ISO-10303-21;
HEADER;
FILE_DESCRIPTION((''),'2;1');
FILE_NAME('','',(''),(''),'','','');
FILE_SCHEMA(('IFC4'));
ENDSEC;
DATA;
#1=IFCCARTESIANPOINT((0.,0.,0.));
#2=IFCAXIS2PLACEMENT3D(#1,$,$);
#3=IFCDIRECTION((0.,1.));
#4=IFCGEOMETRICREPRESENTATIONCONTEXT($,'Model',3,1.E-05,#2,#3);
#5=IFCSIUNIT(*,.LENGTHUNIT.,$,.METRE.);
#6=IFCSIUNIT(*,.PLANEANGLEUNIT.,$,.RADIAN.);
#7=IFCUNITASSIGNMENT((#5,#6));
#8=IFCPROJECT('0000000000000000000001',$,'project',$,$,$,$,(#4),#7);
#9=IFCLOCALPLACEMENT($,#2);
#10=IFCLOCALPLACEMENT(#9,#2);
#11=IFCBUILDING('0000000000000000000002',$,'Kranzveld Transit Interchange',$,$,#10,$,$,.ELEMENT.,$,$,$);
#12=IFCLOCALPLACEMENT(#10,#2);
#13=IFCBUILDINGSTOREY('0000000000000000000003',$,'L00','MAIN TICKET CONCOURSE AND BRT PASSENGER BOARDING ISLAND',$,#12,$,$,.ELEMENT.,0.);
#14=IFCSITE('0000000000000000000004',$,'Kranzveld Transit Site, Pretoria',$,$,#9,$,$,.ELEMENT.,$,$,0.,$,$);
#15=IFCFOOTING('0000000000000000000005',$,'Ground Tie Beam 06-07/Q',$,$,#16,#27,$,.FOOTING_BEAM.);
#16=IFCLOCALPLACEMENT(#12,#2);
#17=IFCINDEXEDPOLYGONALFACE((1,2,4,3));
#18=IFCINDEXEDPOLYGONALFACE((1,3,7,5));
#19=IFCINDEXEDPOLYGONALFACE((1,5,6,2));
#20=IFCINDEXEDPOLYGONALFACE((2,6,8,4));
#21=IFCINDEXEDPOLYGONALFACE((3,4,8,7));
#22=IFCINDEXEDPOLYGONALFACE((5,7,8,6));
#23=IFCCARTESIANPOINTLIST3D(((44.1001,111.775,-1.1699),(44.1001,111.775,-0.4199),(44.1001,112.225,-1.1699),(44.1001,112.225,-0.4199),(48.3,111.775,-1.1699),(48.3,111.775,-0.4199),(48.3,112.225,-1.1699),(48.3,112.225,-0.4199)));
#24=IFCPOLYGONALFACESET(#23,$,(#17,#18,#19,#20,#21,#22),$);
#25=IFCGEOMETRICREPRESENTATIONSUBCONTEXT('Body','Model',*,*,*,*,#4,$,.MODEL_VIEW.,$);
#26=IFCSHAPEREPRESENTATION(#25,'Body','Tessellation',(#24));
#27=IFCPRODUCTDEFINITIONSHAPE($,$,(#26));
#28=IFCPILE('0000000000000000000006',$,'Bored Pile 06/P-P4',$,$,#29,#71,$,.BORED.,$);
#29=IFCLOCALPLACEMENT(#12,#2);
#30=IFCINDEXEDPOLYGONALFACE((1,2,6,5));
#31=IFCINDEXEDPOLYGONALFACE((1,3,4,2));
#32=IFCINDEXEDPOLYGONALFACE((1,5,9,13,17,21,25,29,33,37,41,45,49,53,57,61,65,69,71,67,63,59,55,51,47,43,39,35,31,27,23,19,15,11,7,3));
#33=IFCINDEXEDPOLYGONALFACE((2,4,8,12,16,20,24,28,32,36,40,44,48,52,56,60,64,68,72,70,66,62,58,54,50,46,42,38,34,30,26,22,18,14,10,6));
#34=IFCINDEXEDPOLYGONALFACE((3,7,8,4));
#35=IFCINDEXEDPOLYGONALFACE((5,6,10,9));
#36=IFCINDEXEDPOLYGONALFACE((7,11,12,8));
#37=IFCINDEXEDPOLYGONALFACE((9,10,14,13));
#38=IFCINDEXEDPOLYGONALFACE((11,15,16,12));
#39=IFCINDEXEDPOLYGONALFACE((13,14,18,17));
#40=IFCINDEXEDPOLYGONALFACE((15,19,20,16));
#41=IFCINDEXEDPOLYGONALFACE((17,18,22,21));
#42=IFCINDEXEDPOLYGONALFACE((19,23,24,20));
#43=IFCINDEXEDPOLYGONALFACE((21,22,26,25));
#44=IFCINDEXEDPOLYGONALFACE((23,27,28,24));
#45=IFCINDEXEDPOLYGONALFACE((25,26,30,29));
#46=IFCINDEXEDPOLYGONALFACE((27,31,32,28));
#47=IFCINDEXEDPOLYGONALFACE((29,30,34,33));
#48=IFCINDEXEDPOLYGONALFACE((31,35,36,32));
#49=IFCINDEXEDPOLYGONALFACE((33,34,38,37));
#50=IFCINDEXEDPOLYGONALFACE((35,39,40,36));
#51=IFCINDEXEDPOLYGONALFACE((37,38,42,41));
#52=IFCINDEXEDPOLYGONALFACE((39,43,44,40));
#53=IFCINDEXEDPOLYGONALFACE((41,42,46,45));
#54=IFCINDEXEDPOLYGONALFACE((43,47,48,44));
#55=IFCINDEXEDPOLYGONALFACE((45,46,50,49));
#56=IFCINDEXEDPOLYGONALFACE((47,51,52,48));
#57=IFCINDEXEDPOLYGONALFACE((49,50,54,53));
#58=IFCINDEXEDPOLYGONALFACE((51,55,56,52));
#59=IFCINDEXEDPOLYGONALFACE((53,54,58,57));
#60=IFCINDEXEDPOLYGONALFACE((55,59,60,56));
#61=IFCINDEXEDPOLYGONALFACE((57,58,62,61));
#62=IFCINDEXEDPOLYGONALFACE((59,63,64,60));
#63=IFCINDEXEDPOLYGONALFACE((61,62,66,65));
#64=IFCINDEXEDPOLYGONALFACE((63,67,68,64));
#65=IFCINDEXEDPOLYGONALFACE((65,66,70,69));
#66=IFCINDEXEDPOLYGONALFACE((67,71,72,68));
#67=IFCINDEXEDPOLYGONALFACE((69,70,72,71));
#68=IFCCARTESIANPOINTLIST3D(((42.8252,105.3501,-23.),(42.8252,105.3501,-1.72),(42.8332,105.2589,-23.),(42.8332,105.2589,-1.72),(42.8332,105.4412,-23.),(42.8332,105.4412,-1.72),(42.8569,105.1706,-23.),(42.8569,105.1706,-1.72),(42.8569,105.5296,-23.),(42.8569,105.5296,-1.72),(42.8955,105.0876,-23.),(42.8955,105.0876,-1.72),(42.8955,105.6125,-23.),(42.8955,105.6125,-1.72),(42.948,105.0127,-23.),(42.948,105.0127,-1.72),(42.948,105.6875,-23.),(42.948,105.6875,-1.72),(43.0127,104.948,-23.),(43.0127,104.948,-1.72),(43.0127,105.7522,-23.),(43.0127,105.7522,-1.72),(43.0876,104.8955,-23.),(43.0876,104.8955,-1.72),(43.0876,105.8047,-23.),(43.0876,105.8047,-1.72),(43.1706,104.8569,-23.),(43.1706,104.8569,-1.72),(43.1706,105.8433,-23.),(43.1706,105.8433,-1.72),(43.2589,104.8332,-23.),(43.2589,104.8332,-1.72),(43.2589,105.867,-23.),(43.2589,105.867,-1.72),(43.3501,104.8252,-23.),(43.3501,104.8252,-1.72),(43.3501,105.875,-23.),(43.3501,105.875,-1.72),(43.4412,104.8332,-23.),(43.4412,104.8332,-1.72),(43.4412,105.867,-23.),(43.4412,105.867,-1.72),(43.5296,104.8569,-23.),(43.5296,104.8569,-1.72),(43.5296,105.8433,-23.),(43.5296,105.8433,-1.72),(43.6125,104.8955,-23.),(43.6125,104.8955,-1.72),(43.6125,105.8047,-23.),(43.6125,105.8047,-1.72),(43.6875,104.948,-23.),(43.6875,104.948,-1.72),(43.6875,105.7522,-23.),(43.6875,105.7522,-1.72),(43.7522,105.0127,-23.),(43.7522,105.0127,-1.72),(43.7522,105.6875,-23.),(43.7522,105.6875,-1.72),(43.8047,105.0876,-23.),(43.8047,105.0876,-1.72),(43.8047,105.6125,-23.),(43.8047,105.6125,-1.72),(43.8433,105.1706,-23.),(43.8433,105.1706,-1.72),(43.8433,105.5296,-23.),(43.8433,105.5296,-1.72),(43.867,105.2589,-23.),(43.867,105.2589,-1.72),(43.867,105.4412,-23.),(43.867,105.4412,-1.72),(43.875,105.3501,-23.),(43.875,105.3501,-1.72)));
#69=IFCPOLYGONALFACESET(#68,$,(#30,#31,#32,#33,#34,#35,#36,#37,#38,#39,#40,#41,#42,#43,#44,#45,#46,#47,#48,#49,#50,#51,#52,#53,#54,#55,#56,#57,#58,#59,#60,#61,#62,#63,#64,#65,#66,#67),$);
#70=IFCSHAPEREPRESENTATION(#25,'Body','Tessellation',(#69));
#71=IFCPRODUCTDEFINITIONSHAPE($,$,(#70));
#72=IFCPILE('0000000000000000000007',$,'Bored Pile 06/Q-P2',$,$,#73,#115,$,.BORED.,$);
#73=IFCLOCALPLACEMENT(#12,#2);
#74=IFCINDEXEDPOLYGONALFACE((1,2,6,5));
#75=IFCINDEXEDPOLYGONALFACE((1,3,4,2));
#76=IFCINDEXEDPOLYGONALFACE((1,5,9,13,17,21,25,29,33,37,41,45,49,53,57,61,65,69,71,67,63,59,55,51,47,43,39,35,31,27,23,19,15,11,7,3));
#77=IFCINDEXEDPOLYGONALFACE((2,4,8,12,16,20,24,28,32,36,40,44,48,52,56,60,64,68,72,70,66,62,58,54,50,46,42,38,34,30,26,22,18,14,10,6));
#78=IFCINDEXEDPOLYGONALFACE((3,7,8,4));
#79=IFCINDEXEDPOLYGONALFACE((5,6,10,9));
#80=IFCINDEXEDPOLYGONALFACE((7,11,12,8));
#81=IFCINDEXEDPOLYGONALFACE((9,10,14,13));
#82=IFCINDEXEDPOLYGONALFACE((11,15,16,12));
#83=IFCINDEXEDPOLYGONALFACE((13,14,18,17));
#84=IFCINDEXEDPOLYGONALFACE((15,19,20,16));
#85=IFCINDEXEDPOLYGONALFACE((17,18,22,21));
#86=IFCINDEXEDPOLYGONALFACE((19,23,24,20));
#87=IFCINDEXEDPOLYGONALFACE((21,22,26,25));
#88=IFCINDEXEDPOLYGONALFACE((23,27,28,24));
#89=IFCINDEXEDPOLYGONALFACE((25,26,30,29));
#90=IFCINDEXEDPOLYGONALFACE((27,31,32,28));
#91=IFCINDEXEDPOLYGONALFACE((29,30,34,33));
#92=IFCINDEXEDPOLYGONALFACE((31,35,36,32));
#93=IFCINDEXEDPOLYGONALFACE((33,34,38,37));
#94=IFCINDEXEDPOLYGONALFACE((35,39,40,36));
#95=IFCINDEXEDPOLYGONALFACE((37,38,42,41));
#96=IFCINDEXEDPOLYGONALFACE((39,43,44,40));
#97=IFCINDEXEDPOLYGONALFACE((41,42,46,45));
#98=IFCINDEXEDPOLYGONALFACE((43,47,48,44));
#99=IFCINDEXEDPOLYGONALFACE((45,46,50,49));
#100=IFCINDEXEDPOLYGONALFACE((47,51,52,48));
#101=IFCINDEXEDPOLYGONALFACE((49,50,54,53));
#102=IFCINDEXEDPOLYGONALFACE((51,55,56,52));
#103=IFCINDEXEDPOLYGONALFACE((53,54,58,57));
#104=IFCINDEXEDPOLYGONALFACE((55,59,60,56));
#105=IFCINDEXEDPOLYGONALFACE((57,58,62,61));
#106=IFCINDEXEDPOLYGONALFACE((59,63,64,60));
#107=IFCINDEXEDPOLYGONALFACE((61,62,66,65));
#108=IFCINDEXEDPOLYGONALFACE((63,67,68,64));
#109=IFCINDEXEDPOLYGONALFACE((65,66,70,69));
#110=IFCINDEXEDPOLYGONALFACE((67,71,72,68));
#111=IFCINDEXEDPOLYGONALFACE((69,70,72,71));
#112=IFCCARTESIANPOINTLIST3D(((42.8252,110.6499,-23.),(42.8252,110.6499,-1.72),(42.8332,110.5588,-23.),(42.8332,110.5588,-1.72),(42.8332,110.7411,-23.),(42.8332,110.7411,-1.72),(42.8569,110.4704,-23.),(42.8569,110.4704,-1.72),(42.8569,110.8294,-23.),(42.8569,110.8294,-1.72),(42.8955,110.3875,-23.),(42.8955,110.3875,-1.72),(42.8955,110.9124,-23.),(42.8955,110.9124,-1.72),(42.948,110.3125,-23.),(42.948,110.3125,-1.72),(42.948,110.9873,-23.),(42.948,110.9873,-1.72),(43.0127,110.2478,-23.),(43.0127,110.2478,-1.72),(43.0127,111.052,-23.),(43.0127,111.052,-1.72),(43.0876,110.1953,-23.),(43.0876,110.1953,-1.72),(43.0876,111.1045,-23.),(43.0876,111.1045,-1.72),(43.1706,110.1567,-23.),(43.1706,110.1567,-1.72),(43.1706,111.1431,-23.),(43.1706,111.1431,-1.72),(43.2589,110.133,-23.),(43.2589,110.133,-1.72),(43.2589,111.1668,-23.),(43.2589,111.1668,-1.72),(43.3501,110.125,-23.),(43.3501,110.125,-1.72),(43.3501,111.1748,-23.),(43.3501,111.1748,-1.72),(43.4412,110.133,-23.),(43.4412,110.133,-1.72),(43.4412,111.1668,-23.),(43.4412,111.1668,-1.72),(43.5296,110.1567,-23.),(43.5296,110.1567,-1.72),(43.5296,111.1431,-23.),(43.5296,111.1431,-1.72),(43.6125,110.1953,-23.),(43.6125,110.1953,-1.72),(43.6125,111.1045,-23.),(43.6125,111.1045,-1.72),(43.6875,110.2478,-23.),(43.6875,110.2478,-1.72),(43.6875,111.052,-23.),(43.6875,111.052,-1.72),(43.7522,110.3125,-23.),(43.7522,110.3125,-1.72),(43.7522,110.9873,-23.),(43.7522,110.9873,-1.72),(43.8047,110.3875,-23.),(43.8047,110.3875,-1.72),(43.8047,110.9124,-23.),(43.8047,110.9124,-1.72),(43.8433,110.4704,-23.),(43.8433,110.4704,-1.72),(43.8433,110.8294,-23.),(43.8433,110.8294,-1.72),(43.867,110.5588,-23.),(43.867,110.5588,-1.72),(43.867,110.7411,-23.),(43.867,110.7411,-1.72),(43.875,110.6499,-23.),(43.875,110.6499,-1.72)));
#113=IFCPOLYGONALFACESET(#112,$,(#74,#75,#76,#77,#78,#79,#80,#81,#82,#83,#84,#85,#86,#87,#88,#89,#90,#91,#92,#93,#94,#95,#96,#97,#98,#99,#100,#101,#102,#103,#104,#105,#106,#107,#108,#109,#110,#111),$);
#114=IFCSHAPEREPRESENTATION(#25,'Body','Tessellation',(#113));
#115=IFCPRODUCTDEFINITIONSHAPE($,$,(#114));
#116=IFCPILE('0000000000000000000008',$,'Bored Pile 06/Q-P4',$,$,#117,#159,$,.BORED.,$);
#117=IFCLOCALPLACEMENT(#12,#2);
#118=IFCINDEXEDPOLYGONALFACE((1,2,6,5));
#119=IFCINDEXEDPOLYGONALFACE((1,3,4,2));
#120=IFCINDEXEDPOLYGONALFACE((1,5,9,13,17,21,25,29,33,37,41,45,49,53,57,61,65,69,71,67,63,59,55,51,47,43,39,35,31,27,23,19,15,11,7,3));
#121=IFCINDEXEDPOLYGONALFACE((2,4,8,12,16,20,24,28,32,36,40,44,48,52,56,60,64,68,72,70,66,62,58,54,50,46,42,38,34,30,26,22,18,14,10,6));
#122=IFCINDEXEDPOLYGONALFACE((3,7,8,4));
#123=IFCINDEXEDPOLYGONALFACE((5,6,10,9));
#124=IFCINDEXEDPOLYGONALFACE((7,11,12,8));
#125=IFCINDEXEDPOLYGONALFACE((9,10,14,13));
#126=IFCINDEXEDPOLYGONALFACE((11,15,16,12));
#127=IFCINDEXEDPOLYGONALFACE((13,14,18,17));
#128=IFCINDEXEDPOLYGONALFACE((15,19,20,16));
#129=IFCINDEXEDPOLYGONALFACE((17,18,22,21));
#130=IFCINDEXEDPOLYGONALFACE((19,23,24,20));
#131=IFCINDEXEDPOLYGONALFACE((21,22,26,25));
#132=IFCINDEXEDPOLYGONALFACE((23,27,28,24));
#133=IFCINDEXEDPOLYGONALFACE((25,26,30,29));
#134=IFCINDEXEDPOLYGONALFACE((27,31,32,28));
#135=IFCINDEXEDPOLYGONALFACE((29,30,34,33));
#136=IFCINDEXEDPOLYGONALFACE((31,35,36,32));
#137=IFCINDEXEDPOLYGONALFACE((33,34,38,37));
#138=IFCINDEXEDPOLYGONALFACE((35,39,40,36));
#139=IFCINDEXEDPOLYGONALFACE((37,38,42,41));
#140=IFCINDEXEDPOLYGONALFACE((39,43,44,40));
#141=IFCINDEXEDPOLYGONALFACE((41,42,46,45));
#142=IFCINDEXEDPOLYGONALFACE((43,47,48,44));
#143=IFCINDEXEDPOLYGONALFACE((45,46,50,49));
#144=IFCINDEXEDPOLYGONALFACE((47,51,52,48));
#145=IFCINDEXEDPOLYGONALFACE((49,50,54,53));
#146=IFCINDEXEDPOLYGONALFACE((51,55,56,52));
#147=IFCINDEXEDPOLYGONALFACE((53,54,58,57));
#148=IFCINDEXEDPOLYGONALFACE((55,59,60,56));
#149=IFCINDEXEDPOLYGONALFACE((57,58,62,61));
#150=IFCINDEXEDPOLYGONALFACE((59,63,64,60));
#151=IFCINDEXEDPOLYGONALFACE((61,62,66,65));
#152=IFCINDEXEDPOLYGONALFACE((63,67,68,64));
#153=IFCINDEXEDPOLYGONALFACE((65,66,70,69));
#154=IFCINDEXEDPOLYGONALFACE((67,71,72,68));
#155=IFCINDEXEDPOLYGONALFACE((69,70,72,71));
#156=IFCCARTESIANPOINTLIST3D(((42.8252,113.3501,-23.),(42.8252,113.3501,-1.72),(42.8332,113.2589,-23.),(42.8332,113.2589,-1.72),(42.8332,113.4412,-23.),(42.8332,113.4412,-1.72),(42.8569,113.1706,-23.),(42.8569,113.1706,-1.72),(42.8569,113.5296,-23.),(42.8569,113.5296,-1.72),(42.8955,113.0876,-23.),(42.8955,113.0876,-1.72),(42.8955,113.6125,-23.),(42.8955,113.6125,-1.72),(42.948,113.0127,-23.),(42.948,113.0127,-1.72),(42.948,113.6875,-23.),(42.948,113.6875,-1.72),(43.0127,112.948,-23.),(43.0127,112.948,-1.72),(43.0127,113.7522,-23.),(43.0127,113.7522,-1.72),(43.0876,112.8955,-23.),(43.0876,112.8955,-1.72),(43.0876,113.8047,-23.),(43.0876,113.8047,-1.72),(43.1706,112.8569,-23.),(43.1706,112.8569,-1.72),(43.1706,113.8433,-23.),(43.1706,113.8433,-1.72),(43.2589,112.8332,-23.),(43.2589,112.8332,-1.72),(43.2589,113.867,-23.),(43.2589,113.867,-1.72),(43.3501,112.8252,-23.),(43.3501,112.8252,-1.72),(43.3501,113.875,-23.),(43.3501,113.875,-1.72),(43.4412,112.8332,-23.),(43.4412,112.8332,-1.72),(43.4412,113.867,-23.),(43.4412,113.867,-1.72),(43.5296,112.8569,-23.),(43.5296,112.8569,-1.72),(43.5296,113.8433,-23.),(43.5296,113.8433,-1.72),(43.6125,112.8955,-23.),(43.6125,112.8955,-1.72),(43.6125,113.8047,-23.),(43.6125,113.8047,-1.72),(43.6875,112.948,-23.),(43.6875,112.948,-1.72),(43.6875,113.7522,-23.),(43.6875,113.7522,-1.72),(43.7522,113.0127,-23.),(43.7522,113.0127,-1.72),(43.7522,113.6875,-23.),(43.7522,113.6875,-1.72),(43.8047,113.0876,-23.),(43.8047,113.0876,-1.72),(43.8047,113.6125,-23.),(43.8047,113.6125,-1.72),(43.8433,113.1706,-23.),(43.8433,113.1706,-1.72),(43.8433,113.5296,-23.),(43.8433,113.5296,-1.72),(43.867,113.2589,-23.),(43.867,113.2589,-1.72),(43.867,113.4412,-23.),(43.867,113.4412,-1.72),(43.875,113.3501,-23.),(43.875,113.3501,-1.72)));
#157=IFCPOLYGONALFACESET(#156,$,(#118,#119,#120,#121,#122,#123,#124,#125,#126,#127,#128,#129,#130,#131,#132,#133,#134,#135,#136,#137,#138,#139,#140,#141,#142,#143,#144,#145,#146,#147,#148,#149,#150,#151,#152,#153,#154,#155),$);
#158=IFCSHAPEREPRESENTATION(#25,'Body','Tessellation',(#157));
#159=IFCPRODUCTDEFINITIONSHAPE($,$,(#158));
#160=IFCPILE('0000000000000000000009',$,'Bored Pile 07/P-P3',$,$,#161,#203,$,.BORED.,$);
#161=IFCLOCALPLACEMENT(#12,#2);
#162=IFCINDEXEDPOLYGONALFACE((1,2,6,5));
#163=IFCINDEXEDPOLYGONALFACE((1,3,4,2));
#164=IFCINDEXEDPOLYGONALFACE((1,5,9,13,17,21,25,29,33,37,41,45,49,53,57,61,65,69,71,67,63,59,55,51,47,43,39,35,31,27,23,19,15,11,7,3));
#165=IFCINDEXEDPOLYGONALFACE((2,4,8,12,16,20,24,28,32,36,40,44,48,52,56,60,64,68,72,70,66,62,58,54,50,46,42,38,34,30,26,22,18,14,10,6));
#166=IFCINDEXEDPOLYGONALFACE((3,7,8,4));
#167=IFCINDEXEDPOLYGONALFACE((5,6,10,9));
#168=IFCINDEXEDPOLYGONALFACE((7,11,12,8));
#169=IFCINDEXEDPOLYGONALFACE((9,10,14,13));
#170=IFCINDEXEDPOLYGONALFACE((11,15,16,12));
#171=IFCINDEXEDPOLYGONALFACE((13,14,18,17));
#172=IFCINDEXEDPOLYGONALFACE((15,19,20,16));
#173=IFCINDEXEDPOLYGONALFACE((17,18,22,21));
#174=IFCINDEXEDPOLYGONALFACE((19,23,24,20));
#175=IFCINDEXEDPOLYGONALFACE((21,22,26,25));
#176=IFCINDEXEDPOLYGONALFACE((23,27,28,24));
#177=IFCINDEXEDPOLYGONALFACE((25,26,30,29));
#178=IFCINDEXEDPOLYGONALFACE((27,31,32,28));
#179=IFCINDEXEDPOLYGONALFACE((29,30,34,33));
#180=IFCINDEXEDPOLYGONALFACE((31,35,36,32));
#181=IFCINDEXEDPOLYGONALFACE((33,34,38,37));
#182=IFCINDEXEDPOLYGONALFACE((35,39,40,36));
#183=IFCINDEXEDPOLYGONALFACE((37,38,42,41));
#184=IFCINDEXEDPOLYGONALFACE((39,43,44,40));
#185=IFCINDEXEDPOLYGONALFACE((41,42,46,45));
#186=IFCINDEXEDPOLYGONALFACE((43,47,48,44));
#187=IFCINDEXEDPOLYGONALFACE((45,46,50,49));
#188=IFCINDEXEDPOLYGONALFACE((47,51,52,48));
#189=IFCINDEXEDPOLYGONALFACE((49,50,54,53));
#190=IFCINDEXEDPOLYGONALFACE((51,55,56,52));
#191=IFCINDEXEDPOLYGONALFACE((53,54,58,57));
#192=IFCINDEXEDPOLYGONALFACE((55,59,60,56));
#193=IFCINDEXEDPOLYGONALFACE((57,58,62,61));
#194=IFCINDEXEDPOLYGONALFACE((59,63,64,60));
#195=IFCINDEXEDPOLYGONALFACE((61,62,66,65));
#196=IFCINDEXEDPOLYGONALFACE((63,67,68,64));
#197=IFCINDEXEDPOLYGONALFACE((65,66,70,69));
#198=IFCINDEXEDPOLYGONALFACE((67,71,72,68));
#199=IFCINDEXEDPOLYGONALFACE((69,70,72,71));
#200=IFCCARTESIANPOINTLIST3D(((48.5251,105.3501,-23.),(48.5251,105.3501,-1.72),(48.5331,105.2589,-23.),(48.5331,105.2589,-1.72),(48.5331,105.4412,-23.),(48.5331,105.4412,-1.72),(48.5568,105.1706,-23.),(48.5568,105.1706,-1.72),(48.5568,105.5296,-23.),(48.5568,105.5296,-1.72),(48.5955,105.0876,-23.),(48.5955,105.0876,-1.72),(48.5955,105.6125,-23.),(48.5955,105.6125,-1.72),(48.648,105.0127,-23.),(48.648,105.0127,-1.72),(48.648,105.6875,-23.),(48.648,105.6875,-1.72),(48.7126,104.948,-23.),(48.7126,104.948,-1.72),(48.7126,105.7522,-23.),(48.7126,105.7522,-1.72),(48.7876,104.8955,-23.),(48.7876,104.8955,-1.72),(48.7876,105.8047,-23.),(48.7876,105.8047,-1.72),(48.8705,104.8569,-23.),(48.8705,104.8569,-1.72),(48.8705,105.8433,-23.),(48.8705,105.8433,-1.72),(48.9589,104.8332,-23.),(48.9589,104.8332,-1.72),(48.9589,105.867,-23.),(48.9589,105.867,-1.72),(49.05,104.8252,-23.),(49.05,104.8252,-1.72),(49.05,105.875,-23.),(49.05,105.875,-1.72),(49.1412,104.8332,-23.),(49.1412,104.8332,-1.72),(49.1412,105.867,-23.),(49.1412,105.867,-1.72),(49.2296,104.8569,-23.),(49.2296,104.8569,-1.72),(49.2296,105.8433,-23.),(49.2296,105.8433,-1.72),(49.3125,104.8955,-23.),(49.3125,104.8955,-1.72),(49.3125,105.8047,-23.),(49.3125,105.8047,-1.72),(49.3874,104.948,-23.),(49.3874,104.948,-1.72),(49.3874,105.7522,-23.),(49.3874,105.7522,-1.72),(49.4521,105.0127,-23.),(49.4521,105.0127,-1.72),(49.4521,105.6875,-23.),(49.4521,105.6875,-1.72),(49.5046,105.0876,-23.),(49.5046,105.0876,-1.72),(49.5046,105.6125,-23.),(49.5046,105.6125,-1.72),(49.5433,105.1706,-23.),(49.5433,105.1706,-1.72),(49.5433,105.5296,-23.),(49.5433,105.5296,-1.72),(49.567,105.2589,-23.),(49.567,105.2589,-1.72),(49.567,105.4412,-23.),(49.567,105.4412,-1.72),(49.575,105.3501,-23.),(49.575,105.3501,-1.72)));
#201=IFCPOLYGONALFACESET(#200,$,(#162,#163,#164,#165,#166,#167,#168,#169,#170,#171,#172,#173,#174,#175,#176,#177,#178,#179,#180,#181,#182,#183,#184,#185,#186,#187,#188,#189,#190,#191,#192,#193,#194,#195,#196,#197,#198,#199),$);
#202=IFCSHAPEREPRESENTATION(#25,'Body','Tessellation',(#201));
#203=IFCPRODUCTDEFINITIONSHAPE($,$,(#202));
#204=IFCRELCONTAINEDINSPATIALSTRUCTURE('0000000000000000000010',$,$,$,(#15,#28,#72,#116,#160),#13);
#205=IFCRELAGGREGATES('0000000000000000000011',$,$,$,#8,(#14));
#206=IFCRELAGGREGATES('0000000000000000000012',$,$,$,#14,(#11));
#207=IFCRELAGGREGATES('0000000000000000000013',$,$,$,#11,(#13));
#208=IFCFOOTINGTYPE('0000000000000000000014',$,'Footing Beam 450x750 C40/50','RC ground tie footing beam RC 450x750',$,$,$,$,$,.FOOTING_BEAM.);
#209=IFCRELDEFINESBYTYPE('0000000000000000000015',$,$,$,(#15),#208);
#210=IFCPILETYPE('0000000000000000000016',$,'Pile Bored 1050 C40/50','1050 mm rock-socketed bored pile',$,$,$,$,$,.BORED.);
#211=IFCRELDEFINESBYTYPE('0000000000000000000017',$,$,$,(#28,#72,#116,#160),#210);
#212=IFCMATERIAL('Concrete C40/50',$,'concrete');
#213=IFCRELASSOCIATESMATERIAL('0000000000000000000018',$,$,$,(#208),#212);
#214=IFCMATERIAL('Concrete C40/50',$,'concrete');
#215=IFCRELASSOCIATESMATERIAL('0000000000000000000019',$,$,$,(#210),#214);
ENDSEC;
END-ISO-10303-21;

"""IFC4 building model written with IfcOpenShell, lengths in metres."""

from ifc_helpers import new_model, si_unit, direction, frame, origin, origin_2d, place, context, subcontext, project, spatial, rectangle, circle, extrude, material, material_profile, profile_set, type_object, element, save


model = new_model("IFC4")

# Units and contexts
model_context = context("Model", 3, precision=1e-05, world=origin(), true_north=direction((0.0, 1.0)))
body_context = subcontext(model_context, "Body", "Model", "MODEL_VIEW")
ifc_project = project(units=[si_unit("LENGTHUNIT", "METRE"), si_unit("PLANEANGLEUNIT", "RADIAN")], contexts=[model_context])

# Site, building, storey
site_placement = place(None, origin())
site = spatial("IfcSite", under=ifc_project, at=site_placement, Name="Kranzveld Transit Site, Pretoria", CompositionType="ELEMENT", RefElevation=0.0)
building_placement = place(site_placement, origin())
building = spatial("IfcBuilding", under=site, at=building_placement, Name="Kranzveld Transit Interchange", CompositionType="ELEMENT")
storey_placement = place(building_placement, origin())
storey = spatial("IfcBuildingStorey", under=building, at=storey_placement, Name="L00", Description="MAIN TICKET CONCOURSE AND BRT PASSENGER BOARDING ISLAND", CompositionType="ELEMENT", Elevation=0.0)

# Footing
ifc_material_1 = material(Name="Concrete C40/50", Category="concrete")
ifc_material_profile_1 = material_profile(ifc_material_1, rectangle(XDim=0.45, YDim=0.75, at=origin_2d()), Name="RC 450x750")
ifc_profile_set_1 = profile_set([ifc_material_profile_1], Name="Concrete C40/50")
footing_type_1 = type_object("IfcFootingType", Name="Footing Beam 450x750 C40/50", Description="RC ground tie footing beam RC 450x750", PredefinedType="FOOTING_BEAM", material=ifc_profile_set_1)
footing_placement = place(storey_placement, frame((44.1001, 112.0, -0.7949), z_axis=(1.0, 0.0, 0.0), x_axis=(0.0, 1.0, 0.0)))
element("IfcFooting", 1, at=footing_placement, inside=storey, type_object=footing_type_1, Name="Ground Tie Beam 06-07/Q", PredefinedType="FOOTING_BEAM", context=body_context, shape_type="SweptSolid", body=[
    extrude(rectangle(XDim=0.45, YDim=0.75, at=origin_2d()), origin(), (0.0, 0.0, 1.0), 4.2),
])

# Piles
ifc_material_2 = material(Name="Concrete C40/50", Category="concrete")
ifc_material_profile_2 = material_profile(ifc_material_2, circle(Radius=0.5249, at=origin_2d()), Name="BORED PILE 1050")
ifc_profile_set_2 = profile_set([ifc_material_profile_2], Name="Concrete C40/50")
pile_type = type_object("IfcPileType", Name="Pile Bored 1050 C40/50", Description="1050 mm rock-socketed bored pile", PredefinedType="BORED", material=ifc_profile_set_2)
for number, where, z_axis, x_axis, name in (
    (2, (43.3501, 105.3501, -1.72), (0.0, 0.0, -1.0), (1.0, 0.0, 0.0), "Bored Pile 06/P-P4"),
    (3, (43.3501, 110.6499, -1.72), (0.0, 0.0, -1.0), (1.0, 0.0, 0.0), "Bored Pile 06/Q-P2"),
    (4, (43.3501, 113.3501, -1.72), (0.0, 0.0, -1.0), (1.0, 0.0, 0.0), "Bored Pile 06/Q-P4"),
    (5, (49.05, 105.3501, -1.72), (0.0, 0.0, -1.0), (1.0, 0.0, 0.0), "Bored Pile 07/P-P3"),
):
    element("IfcPile", number, at=place(storey_placement, frame(where, z_axis=z_axis, x_axis=x_axis)), inside=storey, type_object=pile_type, Name=name, PredefinedType="BORED", context=body_context, shape_type="SweptSolid", body=[
        extrude(circle(Radius=0.5249, at=origin_2d()), origin(), (0.0, 0.0, 1.0), 21.28),
    ])

save(model, "model.ifc")
